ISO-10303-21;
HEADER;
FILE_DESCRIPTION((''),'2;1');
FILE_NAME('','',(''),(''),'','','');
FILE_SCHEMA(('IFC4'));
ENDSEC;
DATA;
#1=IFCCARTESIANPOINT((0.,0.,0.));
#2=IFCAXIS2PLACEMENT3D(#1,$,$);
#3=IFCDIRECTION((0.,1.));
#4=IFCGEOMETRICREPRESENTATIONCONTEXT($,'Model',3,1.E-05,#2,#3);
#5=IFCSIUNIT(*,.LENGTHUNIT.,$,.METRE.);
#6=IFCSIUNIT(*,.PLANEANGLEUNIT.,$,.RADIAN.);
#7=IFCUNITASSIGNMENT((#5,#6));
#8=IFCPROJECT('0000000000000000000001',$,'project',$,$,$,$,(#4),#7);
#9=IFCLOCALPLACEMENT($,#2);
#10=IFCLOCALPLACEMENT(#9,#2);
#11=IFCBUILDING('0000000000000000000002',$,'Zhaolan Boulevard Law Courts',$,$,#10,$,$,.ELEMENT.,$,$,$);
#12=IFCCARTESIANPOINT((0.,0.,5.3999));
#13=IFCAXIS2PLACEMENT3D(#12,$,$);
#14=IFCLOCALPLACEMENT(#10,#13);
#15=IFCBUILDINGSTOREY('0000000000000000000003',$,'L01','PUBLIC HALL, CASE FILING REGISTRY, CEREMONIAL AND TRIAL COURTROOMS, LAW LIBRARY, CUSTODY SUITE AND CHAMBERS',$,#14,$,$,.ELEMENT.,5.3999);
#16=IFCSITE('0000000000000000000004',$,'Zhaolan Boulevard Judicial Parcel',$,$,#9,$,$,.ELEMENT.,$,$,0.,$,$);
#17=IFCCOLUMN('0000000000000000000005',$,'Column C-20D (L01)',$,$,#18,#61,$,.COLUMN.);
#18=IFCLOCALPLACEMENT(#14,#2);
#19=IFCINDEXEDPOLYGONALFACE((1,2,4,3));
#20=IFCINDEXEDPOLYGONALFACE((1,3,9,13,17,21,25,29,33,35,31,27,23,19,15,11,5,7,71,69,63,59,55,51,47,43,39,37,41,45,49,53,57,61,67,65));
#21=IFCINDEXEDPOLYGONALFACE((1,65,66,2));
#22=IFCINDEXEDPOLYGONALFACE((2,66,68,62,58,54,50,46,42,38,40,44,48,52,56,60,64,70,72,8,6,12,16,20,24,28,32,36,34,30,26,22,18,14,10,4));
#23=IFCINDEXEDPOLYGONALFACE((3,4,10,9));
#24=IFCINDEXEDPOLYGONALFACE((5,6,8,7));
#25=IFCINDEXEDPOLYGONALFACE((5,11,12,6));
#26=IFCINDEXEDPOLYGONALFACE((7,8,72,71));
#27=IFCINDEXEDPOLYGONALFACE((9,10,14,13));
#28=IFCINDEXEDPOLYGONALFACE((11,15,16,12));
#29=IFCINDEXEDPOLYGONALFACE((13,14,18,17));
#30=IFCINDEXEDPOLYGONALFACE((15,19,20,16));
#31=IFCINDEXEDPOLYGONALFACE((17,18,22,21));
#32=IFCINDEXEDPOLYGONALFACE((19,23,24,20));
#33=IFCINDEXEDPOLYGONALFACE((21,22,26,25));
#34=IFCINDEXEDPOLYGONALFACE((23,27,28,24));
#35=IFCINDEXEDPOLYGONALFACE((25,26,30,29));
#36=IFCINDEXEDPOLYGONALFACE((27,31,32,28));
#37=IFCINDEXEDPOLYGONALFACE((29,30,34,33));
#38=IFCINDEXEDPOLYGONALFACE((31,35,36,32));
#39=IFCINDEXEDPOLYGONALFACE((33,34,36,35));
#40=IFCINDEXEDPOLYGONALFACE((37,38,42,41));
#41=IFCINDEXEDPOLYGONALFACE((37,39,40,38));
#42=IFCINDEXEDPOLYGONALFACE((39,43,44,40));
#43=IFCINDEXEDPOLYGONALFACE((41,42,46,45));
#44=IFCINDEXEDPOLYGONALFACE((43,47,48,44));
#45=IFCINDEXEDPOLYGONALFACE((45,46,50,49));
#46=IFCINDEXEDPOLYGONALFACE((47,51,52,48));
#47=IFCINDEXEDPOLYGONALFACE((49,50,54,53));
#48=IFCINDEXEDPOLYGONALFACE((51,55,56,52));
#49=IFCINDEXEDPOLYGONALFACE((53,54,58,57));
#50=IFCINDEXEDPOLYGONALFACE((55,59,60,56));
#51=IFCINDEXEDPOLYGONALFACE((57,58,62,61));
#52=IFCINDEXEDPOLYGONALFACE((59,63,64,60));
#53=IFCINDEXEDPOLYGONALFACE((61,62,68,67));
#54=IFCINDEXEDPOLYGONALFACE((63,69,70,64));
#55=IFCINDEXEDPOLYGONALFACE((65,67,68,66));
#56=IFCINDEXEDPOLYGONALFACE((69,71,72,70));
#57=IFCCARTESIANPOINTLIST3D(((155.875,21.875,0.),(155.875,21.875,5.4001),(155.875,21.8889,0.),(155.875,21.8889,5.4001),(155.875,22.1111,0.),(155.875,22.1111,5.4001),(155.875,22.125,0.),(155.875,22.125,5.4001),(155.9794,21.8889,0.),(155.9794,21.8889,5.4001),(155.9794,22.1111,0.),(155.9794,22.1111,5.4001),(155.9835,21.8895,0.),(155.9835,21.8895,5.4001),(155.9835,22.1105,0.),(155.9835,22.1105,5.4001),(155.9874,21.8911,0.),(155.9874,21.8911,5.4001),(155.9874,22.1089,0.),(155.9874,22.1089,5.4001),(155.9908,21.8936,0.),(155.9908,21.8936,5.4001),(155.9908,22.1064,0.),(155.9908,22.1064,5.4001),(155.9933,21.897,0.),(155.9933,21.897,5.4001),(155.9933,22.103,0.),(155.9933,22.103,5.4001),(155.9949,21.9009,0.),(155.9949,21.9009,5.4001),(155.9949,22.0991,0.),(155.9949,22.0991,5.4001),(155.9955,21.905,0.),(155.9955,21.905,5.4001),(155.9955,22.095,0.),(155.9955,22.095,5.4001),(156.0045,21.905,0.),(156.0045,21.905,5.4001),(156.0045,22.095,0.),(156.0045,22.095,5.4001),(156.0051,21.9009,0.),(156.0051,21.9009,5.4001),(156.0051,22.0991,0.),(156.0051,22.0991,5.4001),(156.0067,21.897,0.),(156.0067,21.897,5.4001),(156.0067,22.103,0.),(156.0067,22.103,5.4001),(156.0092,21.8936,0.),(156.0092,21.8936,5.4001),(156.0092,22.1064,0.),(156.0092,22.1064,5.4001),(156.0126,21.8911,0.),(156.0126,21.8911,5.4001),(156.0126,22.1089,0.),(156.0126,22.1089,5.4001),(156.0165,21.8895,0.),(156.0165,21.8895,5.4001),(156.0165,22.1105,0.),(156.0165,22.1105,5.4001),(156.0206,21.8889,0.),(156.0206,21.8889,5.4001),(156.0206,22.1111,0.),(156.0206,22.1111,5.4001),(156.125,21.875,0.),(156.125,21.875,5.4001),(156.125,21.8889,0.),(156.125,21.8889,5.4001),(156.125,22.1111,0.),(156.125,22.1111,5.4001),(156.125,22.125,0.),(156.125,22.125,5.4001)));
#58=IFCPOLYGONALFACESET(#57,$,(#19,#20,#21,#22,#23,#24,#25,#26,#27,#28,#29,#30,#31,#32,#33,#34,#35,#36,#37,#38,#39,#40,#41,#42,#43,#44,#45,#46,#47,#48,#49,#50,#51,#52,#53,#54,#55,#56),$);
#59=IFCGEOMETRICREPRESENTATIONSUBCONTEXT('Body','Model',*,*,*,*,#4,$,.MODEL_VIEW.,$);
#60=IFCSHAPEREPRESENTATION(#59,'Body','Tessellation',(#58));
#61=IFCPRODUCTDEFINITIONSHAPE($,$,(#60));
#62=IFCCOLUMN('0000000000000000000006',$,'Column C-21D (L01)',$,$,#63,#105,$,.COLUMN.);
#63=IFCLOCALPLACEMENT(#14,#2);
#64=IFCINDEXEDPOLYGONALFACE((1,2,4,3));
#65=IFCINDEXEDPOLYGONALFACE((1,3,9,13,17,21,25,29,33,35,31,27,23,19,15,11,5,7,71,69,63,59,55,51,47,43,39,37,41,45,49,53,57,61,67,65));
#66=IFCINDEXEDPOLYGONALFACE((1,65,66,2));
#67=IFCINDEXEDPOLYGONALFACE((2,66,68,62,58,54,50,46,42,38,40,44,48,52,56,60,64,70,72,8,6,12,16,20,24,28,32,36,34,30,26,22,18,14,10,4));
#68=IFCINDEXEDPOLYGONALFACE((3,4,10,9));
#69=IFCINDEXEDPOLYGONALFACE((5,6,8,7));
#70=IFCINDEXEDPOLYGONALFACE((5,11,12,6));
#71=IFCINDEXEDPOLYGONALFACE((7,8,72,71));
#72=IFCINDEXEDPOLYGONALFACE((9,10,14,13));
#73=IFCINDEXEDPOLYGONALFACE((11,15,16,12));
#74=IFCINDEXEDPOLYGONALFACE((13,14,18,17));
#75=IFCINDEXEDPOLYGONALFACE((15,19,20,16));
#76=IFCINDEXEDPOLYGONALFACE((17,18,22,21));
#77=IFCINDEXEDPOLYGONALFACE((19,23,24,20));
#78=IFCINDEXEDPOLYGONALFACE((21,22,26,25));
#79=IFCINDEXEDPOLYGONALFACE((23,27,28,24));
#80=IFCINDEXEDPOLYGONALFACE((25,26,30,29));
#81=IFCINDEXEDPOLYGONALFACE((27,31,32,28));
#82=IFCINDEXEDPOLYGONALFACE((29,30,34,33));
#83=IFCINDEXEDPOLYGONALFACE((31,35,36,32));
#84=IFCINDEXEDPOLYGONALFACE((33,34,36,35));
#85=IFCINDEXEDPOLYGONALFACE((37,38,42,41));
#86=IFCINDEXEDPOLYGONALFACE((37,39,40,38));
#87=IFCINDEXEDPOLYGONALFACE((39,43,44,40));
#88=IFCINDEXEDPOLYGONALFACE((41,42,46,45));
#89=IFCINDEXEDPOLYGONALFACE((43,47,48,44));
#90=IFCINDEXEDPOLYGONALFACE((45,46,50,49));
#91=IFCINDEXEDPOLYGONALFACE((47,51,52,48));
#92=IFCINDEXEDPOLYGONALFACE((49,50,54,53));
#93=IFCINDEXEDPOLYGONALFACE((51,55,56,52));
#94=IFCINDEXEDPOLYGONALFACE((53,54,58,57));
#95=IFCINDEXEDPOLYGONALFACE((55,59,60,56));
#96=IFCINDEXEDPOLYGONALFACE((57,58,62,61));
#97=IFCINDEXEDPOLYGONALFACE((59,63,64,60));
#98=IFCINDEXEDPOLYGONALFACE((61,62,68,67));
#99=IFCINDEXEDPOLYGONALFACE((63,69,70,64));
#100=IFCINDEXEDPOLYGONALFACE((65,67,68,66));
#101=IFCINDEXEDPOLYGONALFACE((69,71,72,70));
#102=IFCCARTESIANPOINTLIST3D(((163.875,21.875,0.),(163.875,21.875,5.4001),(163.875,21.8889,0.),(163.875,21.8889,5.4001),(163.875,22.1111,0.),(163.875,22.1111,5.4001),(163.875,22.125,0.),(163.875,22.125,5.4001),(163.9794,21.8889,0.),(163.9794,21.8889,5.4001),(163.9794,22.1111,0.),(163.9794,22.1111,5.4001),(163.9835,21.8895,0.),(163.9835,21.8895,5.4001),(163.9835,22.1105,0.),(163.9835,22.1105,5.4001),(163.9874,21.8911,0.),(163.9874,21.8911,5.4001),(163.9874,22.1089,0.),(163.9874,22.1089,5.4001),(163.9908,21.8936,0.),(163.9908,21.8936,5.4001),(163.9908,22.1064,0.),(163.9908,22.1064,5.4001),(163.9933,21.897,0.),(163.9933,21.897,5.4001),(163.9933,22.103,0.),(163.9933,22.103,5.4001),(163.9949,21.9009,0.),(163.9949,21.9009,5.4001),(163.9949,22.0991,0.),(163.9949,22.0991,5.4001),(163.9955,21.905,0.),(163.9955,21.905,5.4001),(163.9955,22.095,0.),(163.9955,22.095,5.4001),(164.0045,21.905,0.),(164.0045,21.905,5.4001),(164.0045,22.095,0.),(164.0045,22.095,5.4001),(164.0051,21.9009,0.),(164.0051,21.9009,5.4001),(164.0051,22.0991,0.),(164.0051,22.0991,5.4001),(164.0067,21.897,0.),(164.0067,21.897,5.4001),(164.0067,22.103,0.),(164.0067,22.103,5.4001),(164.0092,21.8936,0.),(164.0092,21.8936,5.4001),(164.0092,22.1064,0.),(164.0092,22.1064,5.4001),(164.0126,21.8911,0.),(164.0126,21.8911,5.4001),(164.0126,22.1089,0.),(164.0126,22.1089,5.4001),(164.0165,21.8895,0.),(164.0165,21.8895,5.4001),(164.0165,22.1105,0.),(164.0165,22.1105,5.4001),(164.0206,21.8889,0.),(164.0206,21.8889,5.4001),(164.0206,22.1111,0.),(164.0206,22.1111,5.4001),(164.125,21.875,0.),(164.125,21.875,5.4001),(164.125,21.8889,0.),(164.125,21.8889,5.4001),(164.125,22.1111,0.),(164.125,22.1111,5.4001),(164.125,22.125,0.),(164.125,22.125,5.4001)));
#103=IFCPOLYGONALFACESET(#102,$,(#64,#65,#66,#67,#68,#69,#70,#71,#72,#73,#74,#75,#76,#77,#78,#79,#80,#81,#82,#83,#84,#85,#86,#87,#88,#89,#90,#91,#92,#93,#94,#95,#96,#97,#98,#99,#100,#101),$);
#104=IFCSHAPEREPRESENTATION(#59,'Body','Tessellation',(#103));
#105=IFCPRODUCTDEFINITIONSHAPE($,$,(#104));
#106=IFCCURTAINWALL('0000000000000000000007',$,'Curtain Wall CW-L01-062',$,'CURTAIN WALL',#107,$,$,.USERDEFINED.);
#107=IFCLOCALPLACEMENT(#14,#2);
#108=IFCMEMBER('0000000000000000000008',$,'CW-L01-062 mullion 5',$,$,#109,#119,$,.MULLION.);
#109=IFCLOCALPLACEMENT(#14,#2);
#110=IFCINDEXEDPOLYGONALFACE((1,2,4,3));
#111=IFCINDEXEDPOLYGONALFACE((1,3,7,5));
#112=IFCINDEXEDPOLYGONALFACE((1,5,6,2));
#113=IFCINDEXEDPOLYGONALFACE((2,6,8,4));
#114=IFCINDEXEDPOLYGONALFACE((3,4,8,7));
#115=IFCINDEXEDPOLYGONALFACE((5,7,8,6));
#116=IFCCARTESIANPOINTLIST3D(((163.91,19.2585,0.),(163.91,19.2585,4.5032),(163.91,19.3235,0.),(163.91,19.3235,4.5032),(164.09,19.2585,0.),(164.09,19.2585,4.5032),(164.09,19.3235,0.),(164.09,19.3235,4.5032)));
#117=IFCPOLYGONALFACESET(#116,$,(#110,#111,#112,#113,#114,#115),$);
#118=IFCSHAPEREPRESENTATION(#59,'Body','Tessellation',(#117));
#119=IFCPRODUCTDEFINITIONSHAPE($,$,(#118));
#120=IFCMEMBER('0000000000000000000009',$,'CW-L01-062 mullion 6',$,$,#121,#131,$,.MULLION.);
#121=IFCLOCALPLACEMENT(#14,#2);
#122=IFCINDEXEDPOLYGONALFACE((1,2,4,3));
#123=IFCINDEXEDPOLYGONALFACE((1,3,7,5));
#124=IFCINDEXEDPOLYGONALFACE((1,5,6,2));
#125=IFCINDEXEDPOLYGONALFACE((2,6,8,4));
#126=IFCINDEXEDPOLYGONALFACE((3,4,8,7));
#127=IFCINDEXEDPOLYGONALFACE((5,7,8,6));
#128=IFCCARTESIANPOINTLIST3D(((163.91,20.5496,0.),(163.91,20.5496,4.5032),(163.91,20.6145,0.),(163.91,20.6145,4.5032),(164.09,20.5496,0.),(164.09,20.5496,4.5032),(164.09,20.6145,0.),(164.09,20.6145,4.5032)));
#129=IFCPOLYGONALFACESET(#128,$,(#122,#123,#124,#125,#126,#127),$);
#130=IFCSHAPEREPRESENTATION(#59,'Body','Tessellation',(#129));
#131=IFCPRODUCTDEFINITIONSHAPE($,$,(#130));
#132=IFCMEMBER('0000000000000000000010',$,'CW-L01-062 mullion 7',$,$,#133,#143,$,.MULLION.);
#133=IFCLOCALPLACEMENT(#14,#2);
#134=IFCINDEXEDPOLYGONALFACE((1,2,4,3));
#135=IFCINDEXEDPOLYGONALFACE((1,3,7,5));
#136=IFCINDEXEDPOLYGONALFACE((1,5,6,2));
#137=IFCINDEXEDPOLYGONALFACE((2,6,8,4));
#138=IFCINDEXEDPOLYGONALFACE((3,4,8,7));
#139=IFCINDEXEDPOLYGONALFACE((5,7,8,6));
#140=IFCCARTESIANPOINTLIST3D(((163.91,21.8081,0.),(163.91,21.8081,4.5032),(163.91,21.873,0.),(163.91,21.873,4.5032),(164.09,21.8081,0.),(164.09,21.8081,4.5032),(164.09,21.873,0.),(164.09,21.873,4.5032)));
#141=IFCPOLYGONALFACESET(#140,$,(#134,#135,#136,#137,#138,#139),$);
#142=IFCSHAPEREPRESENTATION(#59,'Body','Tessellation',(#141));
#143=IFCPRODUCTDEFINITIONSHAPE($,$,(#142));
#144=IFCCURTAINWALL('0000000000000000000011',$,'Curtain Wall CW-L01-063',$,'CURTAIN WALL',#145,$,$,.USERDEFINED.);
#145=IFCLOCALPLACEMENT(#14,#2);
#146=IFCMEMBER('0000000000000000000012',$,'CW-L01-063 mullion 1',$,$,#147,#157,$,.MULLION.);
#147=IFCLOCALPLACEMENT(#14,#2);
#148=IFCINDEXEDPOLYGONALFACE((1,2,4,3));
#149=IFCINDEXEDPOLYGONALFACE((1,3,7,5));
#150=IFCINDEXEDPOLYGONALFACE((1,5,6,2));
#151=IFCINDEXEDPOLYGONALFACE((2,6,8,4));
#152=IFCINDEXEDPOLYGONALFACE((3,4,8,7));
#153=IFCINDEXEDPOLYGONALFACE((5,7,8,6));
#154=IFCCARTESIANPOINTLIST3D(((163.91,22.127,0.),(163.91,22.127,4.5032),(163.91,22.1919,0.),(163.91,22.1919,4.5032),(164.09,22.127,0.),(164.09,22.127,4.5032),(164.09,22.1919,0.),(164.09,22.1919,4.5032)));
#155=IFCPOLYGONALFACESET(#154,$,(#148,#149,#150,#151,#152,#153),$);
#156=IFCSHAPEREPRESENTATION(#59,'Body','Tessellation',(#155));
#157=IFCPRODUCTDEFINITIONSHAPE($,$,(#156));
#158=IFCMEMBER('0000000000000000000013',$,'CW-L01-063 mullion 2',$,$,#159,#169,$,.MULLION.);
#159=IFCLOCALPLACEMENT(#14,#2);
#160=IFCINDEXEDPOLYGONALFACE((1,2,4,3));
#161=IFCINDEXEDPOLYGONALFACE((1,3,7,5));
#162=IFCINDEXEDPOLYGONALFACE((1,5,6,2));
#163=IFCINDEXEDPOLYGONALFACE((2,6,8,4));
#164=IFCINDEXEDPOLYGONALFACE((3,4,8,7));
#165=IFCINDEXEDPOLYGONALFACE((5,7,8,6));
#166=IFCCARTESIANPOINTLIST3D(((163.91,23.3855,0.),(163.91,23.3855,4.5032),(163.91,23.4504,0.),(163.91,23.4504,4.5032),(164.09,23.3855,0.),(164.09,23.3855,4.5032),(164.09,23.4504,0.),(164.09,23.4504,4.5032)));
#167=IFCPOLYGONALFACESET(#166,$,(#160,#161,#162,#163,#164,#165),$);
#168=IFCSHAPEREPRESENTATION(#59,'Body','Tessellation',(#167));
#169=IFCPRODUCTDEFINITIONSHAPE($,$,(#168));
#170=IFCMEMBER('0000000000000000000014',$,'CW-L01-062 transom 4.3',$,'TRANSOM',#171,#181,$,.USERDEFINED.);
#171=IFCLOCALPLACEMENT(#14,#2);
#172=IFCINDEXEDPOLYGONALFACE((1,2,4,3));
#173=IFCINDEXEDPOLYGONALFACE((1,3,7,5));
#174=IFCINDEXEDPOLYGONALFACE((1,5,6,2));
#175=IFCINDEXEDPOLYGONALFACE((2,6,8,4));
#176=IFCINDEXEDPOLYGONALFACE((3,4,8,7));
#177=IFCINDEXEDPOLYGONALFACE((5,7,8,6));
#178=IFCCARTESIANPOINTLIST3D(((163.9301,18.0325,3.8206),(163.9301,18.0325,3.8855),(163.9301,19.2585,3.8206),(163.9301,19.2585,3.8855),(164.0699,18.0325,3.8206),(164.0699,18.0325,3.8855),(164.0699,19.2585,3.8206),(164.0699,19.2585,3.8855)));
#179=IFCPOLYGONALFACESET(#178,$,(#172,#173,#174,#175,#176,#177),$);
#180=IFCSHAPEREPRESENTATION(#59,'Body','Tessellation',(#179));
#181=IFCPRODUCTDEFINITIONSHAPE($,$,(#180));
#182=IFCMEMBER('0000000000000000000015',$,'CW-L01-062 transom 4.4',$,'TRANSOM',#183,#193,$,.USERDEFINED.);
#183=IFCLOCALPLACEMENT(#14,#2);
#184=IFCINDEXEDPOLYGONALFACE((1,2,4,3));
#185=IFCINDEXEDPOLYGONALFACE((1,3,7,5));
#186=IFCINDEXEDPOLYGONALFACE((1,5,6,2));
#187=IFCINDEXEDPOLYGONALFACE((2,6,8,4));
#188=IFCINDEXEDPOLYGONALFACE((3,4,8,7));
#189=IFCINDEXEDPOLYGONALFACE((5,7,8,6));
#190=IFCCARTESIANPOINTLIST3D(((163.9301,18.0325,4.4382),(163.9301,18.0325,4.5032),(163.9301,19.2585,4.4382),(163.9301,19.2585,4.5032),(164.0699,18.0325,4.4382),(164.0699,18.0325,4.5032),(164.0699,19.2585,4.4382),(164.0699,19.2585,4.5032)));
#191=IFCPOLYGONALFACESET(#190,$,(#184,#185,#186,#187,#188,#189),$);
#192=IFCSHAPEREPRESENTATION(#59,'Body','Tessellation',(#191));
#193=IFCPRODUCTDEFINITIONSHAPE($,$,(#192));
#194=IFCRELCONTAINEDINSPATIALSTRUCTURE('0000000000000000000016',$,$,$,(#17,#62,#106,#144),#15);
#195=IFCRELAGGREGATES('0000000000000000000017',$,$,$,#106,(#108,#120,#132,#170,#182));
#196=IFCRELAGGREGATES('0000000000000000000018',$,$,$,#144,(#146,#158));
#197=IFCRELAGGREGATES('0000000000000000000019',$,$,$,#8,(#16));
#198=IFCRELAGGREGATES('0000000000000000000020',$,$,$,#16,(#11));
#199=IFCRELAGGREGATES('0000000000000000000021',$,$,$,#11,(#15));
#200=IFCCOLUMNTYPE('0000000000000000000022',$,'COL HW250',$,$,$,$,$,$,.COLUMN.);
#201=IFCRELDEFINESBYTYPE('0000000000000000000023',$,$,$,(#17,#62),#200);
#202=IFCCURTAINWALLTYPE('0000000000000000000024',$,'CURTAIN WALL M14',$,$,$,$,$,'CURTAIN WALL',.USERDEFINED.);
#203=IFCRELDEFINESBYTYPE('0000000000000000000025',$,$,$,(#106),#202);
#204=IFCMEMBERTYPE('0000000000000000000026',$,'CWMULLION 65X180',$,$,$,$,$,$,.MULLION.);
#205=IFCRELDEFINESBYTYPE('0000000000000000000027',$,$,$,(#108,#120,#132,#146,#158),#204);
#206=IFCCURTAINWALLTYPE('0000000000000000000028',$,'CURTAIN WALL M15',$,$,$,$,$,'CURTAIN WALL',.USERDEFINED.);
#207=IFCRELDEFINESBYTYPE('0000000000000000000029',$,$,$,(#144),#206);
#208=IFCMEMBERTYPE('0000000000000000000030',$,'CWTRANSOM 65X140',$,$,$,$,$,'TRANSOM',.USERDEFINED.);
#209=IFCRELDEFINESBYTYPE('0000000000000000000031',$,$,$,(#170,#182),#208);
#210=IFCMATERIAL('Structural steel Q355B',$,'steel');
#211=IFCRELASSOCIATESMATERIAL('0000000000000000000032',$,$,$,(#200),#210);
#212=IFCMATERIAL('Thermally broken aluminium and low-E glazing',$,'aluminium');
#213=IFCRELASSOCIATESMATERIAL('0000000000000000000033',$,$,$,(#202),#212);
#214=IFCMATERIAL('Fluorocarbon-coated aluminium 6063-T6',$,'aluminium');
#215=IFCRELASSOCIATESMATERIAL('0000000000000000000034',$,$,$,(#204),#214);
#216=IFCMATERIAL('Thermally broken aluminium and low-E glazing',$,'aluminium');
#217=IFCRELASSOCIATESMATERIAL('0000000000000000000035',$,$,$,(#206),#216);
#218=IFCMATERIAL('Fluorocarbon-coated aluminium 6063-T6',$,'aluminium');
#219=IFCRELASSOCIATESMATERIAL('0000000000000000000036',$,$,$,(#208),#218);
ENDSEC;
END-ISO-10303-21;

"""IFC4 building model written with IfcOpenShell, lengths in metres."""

from ifc_helpers import new_model, si_unit, direction, frame, origin, origin_2d, place, context, subcontext, project, spatial, rectangle, i_section, extrude, material, material_profile, profile_set, type_object, element, aggregate, save


model = new_model("IFC4")

# Units and contexts
model_context = context("Model", 3, precision=1e-05, world=origin(), true_north=direction((0.0, 1.0)))
body_context = subcontext(model_context, "Body", "Model", "MODEL_VIEW")
ifc_project = project(units=[si_unit("LENGTHUNIT", "METRE"), si_unit("PLANEANGLEUNIT", "RADIAN")], contexts=[model_context])

# Site, building, storey
site_placement = place(None, origin())
site = spatial("IfcSite", under=ifc_project, at=site_placement, Name="Zhaolan Boulevard Judicial Parcel", CompositionType="ELEMENT", RefElevation=0.0)
building_placement = place(site_placement, origin())
building = spatial("IfcBuilding", under=site, at=building_placement, Name="Zhaolan Boulevard Law Courts", CompositionType="ELEMENT")
storey_placement = place(building_placement, frame((0.0, 0.0, 5.3999)))
storey = spatial("IfcBuildingStorey", under=building, at=storey_placement, Name="L01", Description="PUBLIC HALL, CASE FILING REGISTRY, CEREMONIAL AND TRIAL COURTROOMS, LAW LIBRARY, CUSTODY SUITE AND CHAMBERS", CompositionType="ELEMENT", Elevation=5.3999)

# Columns
ifc_material_1 = material(Name="Structural steel Q355B", Category="steel")
ifc_material_profile_1 = material_profile(ifc_material_1, i_section(OverallWidth=0.25, OverallDepth=0.25, WebThickness=0.009, FlangeThickness=0.0139, FilletRadius=0.0161, at=origin_2d()), Name="HW250x250")
ifc_profile_set_1 = profile_set([ifc_material_profile_1], Name="Structural steel Q355B")
column_type = type_object("IfcColumnType", Name="COL HW250", PredefinedType="COLUMN", material=ifc_profile_set_1)
for number, where, z_axis, x_axis, name in (
    (1, (156.0, 22.0, 0.0), (0.0, 0.0, 1.0), (1.0, 0.0, 0.0), "Column C-20D (L01)"),
    (2, (164.0, 22.0, 0.0), (0.0, 0.0, 1.0), (1.0, 0.0, 0.0), "Column C-21D (L01)"),
):
    element("IfcColumn", number, at=place(storey_placement, frame(where, z_axis=z_axis, x_axis=x_axis)), inside=storey, type_object=column_type, Name=name, PredefinedType="COLUMN", context=body_context, shape_type="SweptSolid", body=[
        extrude(i_section(OverallWidth=0.25, OverallDepth=0.25, WebThickness=0.009, FlangeThickness=0.0139, FilletRadius=0.0161, at=origin_2d()), origin(), (0.0, 0.0, 1.0), 5.4001),
    ])

# Curtain walls, members
ifc_material_2 = material(Name="Thermally broken aluminium and low-E glazing", Category="aluminium")
curtain_wall_type_1 = type_object("IfcCurtainWallType", Name="CURTAIN WALL M14", ElementType="CURTAIN WALL", PredefinedType="USERDEFINED", material=ifc_material_2)
curtain_wall_1_placement = place(storey_placement, origin())
curtain_wall_1 = element("IfcCurtainWall", 3, at=curtain_wall_1_placement, inside=storey, type_object=curtain_wall_type_1, Name="Curtain Wall CW-L01-062", ObjectType="CURTAIN WALL", PredefinedType="USERDEFINED")
ifc_material_3 = material(Name="Fluorocarbon-coated aluminium 6063-T6", Category="aluminium")
ifc_material_profile_2 = material_profile(ifc_material_3, rectangle(XDim=0.1799, YDim=0.0649, at=origin_2d()), Name="AL65x180")
ifc_profile_set_2 = profile_set([ifc_material_profile_2], Name="Fluorocarbon-coated aluminium 6063-T6")
member_type_1 = type_object("IfcMemberType", Name="CWMULLION 65X180", PredefinedType="MULLION", material=ifc_profile_set_2)
member_1_placement = place(storey_placement, frame((164.0, 19.291, 0.0), z_axis=(0.0, 0.0, 1.0), x_axis=(-1.0, 0.0, 0.0)))
member_1 = element("IfcMember", 4, at=member_1_placement, type_object=member_type_1, Name="CW-L01-062 mullion 5", PredefinedType="MULLION", context=body_context, shape_type="SweptSolid", body=[
    extrude(rectangle(XDim=0.1799, YDim=0.0649, at=origin_2d()), origin(), (0.0, 0.0, 1.0), 4.5032),
])
member_2_placement = place(storey_placement, frame((164.0, 20.582, 0.0), z_axis=(0.0, 0.0, 1.0), x_axis=(-1.0, 0.0, 0.0)))
member_2 = element("IfcMember", 5, at=member_2_placement, type_object=member_type_1, Name="CW-L01-062 mullion 6", PredefinedType="MULLION", context=body_context, shape_type="SweptSolid", body=[
    extrude(rectangle(XDim=0.1799, YDim=0.0649, at=origin_2d()), origin(), (0.0, 0.0, 1.0), 4.5032),
])
member_3_placement = place(storey_placement, frame((164.0, 21.8406, 0.0), z_axis=(0.0, 0.0, 1.0), x_axis=(-1.0, 0.0, 0.0)))
member_3 = element("IfcMember", 6, at=member_3_placement, type_object=member_type_1, Name="CW-L01-062 mullion 7", PredefinedType="MULLION", context=body_context, shape_type="SweptSolid", body=[
    extrude(rectangle(XDim=0.1799, YDim=0.0649, at=origin_2d()), origin(), (0.0, 0.0, 1.0), 4.5032),
])
ifc_material_4 = material(Name="Thermally broken aluminium and low-E glazing", Category="aluminium")
curtain_wall_type_2 = type_object("IfcCurtainWallType", Name="CURTAIN WALL M15", ElementType="CURTAIN WALL", PredefinedType="USERDEFINED", material=ifc_material_4)
curtain_wall_2_placement = place(storey_placement, origin())
curtain_wall_2 = element("IfcCurtainWall", 7, at=curtain_wall_2_placement, inside=storey, type_object=curtain_wall_type_2, Name="Curtain Wall CW-L01-063", ObjectType="CURTAIN WALL", PredefinedType="USERDEFINED")
member_4_placement = place(storey_placement, frame((164.0, 22.1594, 0.0), z_axis=(0.0, 0.0, 1.0), x_axis=(-1.0, 0.0, 0.0)))
member_4 = element("IfcMember", 8, at=member_4_placement, type_object=member_type_1, Name="CW-L01-063 mullion 1", PredefinedType="MULLION", context=body_context, shape_type="SweptSolid", body=[
    extrude(rectangle(XDim=0.1799, YDim=0.0649, at=origin_2d()), origin(), (0.0, 0.0, 1.0), 4.5032),
])
member_5_placement = place(storey_placement, frame((164.0, 23.418, 0.0), z_axis=(0.0, 0.0, 1.0), x_axis=(-1.0, 0.0, 0.0)))
member_5 = element("IfcMember", 9, at=member_5_placement, type_object=member_type_1, Name="CW-L01-063 mullion 2", PredefinedType="MULLION", context=body_context, shape_type="SweptSolid", body=[
    extrude(rectangle(XDim=0.1799, YDim=0.0649, at=origin_2d()), origin(), (0.0, 0.0, 1.0), 4.5032),
])

# Members
ifc_material_5 = material(Name="Fluorocarbon-coated aluminium 6063-T6", Category="aluminium")
ifc_material_profile_3 = material_profile(ifc_material_5, rectangle(XDim=0.1399, YDim=0.0649, at=origin_2d()), Name="AL65x140")
ifc_profile_set_3 = profile_set([ifc_material_profile_3], Name="Fluorocarbon-coated aluminium 6063-T6")
member_type_2 = type_object("IfcMemberType", Name="CWTRANSOM 65X140", ElementType="TRANSOM", PredefinedType="USERDEFINED", material=ifc_profile_set_3)
member_6_placement = place(storey_placement, frame((164.0, 18.0325, 3.853), z_axis=(0.0, 1.0, 0.0), x_axis=(-1.0, 0.0, 0.0)))
member_6 = element("IfcMember", 10, at=member_6_placement, type_object=member_type_2, Name="CW-L01-062 transom 4.3", ObjectType="TRANSOM", PredefinedType="USERDEFINED", context=body_context, shape_type="SweptSolid", body=[
    extrude(rectangle(XDim=0.1399, YDim=0.0649, at=origin_2d()), origin(), (0.0, 0.0, 1.0), 1.2261),
])
member_7_placement = place(storey_placement, frame((164.0, 18.0325, 4.4707), z_axis=(0.0, 1.0, 0.0), x_axis=(-1.0, 0.0, 0.0)))
member_7 = element("IfcMember", 11, at=member_7_placement, type_object=member_type_2, Name="CW-L01-062 transom 4.4", ObjectType="TRANSOM", PredefinedType="USERDEFINED", context=body_context, shape_type="SweptSolid", body=[
    extrude(rectangle(XDim=0.1399, YDim=0.0649, at=origin_2d()), origin(), (0.0, 0.0, 1.0), 1.2261),
])

aggregate(curtain_wall_1, [member_1, member_2, member_3, member_6, member_7])
aggregate(curtain_wall_2, [member_4, member_5])

save(model, "model.ifc")
